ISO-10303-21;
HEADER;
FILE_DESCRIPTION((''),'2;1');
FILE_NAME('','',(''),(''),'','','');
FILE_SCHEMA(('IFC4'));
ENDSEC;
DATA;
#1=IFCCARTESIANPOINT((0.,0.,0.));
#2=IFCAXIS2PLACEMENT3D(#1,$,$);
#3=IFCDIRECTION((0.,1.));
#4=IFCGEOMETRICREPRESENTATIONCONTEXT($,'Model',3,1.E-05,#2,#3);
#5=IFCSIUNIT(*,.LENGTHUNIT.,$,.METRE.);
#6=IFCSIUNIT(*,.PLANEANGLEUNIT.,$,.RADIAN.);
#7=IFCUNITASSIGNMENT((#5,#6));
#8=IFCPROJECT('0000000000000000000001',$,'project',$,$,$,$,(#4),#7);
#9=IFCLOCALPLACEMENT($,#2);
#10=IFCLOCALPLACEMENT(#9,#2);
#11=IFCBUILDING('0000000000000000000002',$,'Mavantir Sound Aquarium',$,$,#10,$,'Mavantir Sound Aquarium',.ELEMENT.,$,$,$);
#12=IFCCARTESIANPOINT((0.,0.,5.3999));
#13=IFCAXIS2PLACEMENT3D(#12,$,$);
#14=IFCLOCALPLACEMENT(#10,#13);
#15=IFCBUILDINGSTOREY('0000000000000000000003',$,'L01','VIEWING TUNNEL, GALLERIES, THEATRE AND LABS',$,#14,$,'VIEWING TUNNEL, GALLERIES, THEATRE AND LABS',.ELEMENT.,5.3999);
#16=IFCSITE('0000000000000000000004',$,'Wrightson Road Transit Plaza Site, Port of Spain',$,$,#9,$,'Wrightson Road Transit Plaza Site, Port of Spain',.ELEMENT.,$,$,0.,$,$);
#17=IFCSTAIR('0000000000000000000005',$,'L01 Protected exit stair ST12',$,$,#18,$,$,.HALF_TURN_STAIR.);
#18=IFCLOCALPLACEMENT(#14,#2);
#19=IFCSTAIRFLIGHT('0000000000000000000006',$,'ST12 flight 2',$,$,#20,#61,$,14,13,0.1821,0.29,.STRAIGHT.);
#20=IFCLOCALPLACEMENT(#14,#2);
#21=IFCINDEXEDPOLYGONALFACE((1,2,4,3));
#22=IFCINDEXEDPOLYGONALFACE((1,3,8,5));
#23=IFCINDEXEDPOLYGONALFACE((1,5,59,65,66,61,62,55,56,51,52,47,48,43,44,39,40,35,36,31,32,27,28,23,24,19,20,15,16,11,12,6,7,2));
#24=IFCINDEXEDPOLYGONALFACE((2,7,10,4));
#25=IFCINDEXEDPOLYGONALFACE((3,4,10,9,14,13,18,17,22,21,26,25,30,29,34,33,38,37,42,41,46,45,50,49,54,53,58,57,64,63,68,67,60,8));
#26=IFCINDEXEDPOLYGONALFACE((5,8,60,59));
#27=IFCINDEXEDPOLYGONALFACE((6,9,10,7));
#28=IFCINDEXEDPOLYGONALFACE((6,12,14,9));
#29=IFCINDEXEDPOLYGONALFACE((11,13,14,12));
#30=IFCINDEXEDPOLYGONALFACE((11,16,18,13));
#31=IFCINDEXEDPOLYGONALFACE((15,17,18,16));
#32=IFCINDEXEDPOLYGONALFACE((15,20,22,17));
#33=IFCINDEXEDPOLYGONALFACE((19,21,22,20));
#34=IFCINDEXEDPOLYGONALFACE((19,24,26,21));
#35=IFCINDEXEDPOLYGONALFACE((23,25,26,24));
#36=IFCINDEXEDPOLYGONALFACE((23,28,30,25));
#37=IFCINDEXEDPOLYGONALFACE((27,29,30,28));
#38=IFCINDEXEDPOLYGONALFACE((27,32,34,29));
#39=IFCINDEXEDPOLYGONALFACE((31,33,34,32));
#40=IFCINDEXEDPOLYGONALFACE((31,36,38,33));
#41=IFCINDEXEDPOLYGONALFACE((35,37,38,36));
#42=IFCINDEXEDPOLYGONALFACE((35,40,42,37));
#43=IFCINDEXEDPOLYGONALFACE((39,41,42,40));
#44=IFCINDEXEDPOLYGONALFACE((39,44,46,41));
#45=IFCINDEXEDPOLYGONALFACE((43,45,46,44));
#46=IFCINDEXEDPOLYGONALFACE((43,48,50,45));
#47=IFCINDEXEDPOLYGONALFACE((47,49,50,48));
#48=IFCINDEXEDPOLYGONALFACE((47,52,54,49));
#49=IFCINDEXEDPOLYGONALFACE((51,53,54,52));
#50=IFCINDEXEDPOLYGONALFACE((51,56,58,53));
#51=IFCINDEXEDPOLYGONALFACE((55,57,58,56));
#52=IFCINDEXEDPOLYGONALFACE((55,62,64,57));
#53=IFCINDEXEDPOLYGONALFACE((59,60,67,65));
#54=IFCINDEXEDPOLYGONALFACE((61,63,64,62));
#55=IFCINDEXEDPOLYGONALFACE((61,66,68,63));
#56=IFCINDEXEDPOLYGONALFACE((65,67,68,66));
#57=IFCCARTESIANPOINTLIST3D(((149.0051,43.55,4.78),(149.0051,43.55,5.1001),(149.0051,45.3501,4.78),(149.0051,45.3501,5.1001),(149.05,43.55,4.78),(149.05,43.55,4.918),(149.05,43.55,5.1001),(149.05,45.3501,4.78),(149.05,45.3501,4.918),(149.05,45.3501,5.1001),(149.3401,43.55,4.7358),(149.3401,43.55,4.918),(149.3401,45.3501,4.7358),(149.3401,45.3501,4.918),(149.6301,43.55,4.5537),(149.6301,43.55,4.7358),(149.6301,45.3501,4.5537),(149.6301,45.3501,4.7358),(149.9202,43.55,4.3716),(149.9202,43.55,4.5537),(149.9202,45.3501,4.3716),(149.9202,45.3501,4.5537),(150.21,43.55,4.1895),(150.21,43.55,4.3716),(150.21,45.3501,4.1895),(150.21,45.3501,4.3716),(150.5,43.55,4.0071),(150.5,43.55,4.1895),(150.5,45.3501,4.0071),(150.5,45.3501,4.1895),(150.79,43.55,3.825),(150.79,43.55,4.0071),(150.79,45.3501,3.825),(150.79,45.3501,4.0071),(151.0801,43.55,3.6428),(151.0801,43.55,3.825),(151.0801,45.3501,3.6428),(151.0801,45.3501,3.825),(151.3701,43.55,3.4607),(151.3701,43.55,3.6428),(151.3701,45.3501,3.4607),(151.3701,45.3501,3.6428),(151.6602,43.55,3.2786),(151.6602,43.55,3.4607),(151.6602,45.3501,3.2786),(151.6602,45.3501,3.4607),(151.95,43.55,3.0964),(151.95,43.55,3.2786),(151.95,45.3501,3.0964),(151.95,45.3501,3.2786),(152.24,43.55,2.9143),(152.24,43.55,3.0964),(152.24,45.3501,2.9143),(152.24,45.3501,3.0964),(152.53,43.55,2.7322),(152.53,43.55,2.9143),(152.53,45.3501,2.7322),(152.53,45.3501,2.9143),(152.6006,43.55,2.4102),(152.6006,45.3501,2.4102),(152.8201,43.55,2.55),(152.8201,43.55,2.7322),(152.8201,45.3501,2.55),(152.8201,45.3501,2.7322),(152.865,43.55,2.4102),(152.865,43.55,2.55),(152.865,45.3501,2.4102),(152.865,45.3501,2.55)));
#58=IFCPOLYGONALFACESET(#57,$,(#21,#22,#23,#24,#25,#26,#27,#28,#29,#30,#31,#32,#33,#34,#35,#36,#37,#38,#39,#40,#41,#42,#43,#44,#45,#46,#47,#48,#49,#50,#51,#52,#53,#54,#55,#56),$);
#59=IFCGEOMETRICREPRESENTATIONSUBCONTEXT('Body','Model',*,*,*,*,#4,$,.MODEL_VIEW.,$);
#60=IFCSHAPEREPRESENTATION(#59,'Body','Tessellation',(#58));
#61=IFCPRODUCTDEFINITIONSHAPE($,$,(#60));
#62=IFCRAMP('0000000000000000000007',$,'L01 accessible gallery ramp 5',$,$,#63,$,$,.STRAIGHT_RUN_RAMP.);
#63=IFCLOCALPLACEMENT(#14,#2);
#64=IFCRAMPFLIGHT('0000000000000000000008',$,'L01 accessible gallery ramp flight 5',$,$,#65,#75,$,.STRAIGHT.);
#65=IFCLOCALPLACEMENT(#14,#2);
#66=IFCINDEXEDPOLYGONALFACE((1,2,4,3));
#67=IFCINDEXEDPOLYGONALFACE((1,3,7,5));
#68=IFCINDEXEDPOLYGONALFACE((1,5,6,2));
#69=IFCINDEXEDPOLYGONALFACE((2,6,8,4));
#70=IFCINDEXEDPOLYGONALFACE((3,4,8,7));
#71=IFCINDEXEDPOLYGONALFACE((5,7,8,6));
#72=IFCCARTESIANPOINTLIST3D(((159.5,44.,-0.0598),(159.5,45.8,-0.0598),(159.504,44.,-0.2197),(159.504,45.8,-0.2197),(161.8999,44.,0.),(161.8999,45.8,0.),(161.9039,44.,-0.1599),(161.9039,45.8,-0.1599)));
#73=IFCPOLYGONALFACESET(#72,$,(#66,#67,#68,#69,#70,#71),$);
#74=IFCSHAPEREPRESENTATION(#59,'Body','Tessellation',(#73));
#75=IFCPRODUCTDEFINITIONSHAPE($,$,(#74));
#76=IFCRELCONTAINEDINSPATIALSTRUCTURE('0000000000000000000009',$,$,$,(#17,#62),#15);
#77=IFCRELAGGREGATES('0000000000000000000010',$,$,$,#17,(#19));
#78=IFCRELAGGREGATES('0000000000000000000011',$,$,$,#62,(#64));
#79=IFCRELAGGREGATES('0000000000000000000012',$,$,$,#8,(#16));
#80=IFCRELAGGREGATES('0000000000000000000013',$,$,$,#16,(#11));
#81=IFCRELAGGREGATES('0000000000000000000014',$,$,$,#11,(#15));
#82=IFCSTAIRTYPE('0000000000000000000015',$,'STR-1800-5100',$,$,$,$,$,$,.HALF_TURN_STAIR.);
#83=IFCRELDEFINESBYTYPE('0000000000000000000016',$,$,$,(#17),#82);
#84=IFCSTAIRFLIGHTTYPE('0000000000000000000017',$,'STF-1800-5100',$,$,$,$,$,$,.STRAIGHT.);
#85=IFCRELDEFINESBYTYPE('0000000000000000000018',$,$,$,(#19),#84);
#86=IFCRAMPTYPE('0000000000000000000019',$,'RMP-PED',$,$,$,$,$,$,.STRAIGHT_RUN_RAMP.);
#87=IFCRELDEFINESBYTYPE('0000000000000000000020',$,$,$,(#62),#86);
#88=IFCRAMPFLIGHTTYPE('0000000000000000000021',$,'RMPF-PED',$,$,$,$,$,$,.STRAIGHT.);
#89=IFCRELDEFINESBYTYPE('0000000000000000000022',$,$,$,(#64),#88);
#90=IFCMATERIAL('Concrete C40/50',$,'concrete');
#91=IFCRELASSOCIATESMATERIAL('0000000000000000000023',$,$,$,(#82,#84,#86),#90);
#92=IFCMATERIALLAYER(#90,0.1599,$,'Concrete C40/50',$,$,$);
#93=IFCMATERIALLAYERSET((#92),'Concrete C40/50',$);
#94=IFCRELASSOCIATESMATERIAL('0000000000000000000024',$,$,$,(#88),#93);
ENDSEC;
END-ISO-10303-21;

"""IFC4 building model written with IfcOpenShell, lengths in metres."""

from ifc_helpers import new_model, si_unit, direction, frame, origin, place, context, subcontext, project, spatial, polyline, outline, extrude, material, layer, layer_set, type_object, element, aggregate, save


model = new_model("IFC4")

# Units and contexts
model_context = context("Model", 3, precision=1e-05, world=origin(), true_north=direction((0.0, 1.0)))
body_context = subcontext(model_context, "Body", "Model", "MODEL_VIEW")
ifc_project = project(units=[si_unit("LENGTHUNIT", "METRE"), si_unit("PLANEANGLEUNIT", "RADIAN")], contexts=[model_context])

# Site, building, storey
site_placement = place(None, origin())
site = spatial("IfcSite", under=ifc_project, at=site_placement, Name="Wrightson Road Transit Plaza Site, Port of Spain", LongName="Wrightson Road Transit Plaza Site, Port of Spain", CompositionType="ELEMENT", RefElevation=0.0)
building_placement = place(site_placement, origin())
building = spatial("IfcBuilding", under=site, at=building_placement, Name="Mavantir Sound Aquarium", LongName="Mavantir Sound Aquarium", CompositionType="ELEMENT")
storey_placement = place(building_placement, frame((0.0, 0.0, 5.3999)))
storey = spatial("IfcBuildingStorey", under=building, at=storey_placement, Name="L01", Description="VIEWING TUNNEL, GALLERIES, THEATRE AND LABS", LongName="VIEWING TUNNEL, GALLERIES, THEATRE AND LABS", CompositionType="ELEMENT", Elevation=5.3999)

# Shared definitions
ifc_material_1 = material(Name="Concrete C40/50", Category="concrete")

# Stair, stair flight
stair_type = type_object("IfcStairType", Name="STR-1800-5100", PredefinedType="HALF_TURN_STAIR", material=ifc_material_1)
stair_placement = place(storey_placement, origin())
stair = element("IfcStair", 1, at=stair_placement, inside=storey, type_object=stair_type, Name="L01 Protected exit stair ST12", PredefinedType="HALF_TURN_STAIR")
stair_flight_type = type_object("IfcStairFlightType", Name="STF-1800-5100", PredefinedType="STRAIGHT", material=ifc_material_1)
stair_flight_1_placement = place(storey_placement, frame((152.8201, 44.45, 2.55), z_axis=(0.0, 0.0, 1.0), x_axis=(-1.0, 0.0, 0.0)))
stair_flight_1 = element("IfcStairFlight", 2, at=stair_flight_1_placement, type_object=stair_flight_type, Name="ST12 flight 2", NumberOfRisers=14, NumberOfTreads=13, PredefinedType="STRAIGHT", RiserHeight=0.1821, TreadLength=0.29, context=body_context, shape_type="SweptSolid", body=[
    extrude(outline(polyline([(-0.0449, -0.1399), (-0.0449, 0.0), (0.0, 0.0), (0.0, 0.1821), (0.29, 0.1821), (0.29, 0.3643), (0.5801, 0.3643), (0.5801, 0.5464), (0.8701, 0.5464), (0.8701, 0.7285), (1.1599, 0.7285), (1.1599, 0.9106), (1.45, 0.9106), (1.45, 1.0928), (1.74, 1.0928), (1.74, 1.2749), (2.03, 1.2749), (2.03, 1.457), (2.3201, 1.457), (2.3201, 1.6394), (2.6101, 1.6394), (2.6101, 1.8215), (2.8999, 1.8215), (2.8999, 2.0037), (3.1899, 2.0037), (3.1899, 2.1858), (3.48, 2.1858), (3.48, 2.3679), (3.77, 2.3679), (3.77, 2.55), (3.8149, 2.55), (3.8149, 2.23), (3.77, 2.23), (0.2195, -0.1399), (-0.0449, -0.1399)])), frame((0.0, 0.8999, 0.0), z_axis=(0.0, -1.0, 0.0), x_axis=(1.0, 0.0, 0.0)), (0.0, 0.0, 1.0), 1.8),
])
aggregate(stair, [stair_flight_1])

# Ramp, ramp flight
ramp_type = type_object("IfcRampType", Name="RMP-PED", PredefinedType="STRAIGHT_RUN_RAMP", material=ifc_material_1)
ramp_placement = place(storey_placement, origin())
ramp = element("IfcRamp", 3, at=ramp_placement, inside=storey, type_object=ramp_type, Name="L01 accessible gallery ramp 5", PredefinedType="STRAIGHT_RUN_RAMP")
ifc_layer_1 = layer(ifc_material_1, 0.1599, Name="Concrete C40/50")
ifc_layer_set_1 = layer_set([ifc_layer_1], Name="Concrete C40/50")
ramp_flight_type = type_object("IfcRampFlightType", Name="RMPF-PED", PredefinedType="STRAIGHT", material=ifc_layer_set_1)
ramp_flight_placement = place(storey_placement, frame((159.5, 44.0, -0.0598), z_axis=(-0.024916, 0.0, 0.99969), x_axis=(0.99969, 0.0, 0.024916)))
ramp_flight = element("IfcRampFlight", 4, at=ramp_flight_placement, type_object=ramp_flight_type, Name="L01 accessible gallery ramp flight 5", PredefinedType="STRAIGHT", context=body_context, shape_type="SweptSolid", body=[
    extrude(outline(polyline([(0.0, 0.0), (2.4006, 0.0), (2.4006, 1.8), (0.0, 1.8), (0.0, 0.0)])), origin(), (0.0, 0.0, -1.0), 0.1599),
])
aggregate(ramp, [ramp_flight])

save(model, "model.ifc")
